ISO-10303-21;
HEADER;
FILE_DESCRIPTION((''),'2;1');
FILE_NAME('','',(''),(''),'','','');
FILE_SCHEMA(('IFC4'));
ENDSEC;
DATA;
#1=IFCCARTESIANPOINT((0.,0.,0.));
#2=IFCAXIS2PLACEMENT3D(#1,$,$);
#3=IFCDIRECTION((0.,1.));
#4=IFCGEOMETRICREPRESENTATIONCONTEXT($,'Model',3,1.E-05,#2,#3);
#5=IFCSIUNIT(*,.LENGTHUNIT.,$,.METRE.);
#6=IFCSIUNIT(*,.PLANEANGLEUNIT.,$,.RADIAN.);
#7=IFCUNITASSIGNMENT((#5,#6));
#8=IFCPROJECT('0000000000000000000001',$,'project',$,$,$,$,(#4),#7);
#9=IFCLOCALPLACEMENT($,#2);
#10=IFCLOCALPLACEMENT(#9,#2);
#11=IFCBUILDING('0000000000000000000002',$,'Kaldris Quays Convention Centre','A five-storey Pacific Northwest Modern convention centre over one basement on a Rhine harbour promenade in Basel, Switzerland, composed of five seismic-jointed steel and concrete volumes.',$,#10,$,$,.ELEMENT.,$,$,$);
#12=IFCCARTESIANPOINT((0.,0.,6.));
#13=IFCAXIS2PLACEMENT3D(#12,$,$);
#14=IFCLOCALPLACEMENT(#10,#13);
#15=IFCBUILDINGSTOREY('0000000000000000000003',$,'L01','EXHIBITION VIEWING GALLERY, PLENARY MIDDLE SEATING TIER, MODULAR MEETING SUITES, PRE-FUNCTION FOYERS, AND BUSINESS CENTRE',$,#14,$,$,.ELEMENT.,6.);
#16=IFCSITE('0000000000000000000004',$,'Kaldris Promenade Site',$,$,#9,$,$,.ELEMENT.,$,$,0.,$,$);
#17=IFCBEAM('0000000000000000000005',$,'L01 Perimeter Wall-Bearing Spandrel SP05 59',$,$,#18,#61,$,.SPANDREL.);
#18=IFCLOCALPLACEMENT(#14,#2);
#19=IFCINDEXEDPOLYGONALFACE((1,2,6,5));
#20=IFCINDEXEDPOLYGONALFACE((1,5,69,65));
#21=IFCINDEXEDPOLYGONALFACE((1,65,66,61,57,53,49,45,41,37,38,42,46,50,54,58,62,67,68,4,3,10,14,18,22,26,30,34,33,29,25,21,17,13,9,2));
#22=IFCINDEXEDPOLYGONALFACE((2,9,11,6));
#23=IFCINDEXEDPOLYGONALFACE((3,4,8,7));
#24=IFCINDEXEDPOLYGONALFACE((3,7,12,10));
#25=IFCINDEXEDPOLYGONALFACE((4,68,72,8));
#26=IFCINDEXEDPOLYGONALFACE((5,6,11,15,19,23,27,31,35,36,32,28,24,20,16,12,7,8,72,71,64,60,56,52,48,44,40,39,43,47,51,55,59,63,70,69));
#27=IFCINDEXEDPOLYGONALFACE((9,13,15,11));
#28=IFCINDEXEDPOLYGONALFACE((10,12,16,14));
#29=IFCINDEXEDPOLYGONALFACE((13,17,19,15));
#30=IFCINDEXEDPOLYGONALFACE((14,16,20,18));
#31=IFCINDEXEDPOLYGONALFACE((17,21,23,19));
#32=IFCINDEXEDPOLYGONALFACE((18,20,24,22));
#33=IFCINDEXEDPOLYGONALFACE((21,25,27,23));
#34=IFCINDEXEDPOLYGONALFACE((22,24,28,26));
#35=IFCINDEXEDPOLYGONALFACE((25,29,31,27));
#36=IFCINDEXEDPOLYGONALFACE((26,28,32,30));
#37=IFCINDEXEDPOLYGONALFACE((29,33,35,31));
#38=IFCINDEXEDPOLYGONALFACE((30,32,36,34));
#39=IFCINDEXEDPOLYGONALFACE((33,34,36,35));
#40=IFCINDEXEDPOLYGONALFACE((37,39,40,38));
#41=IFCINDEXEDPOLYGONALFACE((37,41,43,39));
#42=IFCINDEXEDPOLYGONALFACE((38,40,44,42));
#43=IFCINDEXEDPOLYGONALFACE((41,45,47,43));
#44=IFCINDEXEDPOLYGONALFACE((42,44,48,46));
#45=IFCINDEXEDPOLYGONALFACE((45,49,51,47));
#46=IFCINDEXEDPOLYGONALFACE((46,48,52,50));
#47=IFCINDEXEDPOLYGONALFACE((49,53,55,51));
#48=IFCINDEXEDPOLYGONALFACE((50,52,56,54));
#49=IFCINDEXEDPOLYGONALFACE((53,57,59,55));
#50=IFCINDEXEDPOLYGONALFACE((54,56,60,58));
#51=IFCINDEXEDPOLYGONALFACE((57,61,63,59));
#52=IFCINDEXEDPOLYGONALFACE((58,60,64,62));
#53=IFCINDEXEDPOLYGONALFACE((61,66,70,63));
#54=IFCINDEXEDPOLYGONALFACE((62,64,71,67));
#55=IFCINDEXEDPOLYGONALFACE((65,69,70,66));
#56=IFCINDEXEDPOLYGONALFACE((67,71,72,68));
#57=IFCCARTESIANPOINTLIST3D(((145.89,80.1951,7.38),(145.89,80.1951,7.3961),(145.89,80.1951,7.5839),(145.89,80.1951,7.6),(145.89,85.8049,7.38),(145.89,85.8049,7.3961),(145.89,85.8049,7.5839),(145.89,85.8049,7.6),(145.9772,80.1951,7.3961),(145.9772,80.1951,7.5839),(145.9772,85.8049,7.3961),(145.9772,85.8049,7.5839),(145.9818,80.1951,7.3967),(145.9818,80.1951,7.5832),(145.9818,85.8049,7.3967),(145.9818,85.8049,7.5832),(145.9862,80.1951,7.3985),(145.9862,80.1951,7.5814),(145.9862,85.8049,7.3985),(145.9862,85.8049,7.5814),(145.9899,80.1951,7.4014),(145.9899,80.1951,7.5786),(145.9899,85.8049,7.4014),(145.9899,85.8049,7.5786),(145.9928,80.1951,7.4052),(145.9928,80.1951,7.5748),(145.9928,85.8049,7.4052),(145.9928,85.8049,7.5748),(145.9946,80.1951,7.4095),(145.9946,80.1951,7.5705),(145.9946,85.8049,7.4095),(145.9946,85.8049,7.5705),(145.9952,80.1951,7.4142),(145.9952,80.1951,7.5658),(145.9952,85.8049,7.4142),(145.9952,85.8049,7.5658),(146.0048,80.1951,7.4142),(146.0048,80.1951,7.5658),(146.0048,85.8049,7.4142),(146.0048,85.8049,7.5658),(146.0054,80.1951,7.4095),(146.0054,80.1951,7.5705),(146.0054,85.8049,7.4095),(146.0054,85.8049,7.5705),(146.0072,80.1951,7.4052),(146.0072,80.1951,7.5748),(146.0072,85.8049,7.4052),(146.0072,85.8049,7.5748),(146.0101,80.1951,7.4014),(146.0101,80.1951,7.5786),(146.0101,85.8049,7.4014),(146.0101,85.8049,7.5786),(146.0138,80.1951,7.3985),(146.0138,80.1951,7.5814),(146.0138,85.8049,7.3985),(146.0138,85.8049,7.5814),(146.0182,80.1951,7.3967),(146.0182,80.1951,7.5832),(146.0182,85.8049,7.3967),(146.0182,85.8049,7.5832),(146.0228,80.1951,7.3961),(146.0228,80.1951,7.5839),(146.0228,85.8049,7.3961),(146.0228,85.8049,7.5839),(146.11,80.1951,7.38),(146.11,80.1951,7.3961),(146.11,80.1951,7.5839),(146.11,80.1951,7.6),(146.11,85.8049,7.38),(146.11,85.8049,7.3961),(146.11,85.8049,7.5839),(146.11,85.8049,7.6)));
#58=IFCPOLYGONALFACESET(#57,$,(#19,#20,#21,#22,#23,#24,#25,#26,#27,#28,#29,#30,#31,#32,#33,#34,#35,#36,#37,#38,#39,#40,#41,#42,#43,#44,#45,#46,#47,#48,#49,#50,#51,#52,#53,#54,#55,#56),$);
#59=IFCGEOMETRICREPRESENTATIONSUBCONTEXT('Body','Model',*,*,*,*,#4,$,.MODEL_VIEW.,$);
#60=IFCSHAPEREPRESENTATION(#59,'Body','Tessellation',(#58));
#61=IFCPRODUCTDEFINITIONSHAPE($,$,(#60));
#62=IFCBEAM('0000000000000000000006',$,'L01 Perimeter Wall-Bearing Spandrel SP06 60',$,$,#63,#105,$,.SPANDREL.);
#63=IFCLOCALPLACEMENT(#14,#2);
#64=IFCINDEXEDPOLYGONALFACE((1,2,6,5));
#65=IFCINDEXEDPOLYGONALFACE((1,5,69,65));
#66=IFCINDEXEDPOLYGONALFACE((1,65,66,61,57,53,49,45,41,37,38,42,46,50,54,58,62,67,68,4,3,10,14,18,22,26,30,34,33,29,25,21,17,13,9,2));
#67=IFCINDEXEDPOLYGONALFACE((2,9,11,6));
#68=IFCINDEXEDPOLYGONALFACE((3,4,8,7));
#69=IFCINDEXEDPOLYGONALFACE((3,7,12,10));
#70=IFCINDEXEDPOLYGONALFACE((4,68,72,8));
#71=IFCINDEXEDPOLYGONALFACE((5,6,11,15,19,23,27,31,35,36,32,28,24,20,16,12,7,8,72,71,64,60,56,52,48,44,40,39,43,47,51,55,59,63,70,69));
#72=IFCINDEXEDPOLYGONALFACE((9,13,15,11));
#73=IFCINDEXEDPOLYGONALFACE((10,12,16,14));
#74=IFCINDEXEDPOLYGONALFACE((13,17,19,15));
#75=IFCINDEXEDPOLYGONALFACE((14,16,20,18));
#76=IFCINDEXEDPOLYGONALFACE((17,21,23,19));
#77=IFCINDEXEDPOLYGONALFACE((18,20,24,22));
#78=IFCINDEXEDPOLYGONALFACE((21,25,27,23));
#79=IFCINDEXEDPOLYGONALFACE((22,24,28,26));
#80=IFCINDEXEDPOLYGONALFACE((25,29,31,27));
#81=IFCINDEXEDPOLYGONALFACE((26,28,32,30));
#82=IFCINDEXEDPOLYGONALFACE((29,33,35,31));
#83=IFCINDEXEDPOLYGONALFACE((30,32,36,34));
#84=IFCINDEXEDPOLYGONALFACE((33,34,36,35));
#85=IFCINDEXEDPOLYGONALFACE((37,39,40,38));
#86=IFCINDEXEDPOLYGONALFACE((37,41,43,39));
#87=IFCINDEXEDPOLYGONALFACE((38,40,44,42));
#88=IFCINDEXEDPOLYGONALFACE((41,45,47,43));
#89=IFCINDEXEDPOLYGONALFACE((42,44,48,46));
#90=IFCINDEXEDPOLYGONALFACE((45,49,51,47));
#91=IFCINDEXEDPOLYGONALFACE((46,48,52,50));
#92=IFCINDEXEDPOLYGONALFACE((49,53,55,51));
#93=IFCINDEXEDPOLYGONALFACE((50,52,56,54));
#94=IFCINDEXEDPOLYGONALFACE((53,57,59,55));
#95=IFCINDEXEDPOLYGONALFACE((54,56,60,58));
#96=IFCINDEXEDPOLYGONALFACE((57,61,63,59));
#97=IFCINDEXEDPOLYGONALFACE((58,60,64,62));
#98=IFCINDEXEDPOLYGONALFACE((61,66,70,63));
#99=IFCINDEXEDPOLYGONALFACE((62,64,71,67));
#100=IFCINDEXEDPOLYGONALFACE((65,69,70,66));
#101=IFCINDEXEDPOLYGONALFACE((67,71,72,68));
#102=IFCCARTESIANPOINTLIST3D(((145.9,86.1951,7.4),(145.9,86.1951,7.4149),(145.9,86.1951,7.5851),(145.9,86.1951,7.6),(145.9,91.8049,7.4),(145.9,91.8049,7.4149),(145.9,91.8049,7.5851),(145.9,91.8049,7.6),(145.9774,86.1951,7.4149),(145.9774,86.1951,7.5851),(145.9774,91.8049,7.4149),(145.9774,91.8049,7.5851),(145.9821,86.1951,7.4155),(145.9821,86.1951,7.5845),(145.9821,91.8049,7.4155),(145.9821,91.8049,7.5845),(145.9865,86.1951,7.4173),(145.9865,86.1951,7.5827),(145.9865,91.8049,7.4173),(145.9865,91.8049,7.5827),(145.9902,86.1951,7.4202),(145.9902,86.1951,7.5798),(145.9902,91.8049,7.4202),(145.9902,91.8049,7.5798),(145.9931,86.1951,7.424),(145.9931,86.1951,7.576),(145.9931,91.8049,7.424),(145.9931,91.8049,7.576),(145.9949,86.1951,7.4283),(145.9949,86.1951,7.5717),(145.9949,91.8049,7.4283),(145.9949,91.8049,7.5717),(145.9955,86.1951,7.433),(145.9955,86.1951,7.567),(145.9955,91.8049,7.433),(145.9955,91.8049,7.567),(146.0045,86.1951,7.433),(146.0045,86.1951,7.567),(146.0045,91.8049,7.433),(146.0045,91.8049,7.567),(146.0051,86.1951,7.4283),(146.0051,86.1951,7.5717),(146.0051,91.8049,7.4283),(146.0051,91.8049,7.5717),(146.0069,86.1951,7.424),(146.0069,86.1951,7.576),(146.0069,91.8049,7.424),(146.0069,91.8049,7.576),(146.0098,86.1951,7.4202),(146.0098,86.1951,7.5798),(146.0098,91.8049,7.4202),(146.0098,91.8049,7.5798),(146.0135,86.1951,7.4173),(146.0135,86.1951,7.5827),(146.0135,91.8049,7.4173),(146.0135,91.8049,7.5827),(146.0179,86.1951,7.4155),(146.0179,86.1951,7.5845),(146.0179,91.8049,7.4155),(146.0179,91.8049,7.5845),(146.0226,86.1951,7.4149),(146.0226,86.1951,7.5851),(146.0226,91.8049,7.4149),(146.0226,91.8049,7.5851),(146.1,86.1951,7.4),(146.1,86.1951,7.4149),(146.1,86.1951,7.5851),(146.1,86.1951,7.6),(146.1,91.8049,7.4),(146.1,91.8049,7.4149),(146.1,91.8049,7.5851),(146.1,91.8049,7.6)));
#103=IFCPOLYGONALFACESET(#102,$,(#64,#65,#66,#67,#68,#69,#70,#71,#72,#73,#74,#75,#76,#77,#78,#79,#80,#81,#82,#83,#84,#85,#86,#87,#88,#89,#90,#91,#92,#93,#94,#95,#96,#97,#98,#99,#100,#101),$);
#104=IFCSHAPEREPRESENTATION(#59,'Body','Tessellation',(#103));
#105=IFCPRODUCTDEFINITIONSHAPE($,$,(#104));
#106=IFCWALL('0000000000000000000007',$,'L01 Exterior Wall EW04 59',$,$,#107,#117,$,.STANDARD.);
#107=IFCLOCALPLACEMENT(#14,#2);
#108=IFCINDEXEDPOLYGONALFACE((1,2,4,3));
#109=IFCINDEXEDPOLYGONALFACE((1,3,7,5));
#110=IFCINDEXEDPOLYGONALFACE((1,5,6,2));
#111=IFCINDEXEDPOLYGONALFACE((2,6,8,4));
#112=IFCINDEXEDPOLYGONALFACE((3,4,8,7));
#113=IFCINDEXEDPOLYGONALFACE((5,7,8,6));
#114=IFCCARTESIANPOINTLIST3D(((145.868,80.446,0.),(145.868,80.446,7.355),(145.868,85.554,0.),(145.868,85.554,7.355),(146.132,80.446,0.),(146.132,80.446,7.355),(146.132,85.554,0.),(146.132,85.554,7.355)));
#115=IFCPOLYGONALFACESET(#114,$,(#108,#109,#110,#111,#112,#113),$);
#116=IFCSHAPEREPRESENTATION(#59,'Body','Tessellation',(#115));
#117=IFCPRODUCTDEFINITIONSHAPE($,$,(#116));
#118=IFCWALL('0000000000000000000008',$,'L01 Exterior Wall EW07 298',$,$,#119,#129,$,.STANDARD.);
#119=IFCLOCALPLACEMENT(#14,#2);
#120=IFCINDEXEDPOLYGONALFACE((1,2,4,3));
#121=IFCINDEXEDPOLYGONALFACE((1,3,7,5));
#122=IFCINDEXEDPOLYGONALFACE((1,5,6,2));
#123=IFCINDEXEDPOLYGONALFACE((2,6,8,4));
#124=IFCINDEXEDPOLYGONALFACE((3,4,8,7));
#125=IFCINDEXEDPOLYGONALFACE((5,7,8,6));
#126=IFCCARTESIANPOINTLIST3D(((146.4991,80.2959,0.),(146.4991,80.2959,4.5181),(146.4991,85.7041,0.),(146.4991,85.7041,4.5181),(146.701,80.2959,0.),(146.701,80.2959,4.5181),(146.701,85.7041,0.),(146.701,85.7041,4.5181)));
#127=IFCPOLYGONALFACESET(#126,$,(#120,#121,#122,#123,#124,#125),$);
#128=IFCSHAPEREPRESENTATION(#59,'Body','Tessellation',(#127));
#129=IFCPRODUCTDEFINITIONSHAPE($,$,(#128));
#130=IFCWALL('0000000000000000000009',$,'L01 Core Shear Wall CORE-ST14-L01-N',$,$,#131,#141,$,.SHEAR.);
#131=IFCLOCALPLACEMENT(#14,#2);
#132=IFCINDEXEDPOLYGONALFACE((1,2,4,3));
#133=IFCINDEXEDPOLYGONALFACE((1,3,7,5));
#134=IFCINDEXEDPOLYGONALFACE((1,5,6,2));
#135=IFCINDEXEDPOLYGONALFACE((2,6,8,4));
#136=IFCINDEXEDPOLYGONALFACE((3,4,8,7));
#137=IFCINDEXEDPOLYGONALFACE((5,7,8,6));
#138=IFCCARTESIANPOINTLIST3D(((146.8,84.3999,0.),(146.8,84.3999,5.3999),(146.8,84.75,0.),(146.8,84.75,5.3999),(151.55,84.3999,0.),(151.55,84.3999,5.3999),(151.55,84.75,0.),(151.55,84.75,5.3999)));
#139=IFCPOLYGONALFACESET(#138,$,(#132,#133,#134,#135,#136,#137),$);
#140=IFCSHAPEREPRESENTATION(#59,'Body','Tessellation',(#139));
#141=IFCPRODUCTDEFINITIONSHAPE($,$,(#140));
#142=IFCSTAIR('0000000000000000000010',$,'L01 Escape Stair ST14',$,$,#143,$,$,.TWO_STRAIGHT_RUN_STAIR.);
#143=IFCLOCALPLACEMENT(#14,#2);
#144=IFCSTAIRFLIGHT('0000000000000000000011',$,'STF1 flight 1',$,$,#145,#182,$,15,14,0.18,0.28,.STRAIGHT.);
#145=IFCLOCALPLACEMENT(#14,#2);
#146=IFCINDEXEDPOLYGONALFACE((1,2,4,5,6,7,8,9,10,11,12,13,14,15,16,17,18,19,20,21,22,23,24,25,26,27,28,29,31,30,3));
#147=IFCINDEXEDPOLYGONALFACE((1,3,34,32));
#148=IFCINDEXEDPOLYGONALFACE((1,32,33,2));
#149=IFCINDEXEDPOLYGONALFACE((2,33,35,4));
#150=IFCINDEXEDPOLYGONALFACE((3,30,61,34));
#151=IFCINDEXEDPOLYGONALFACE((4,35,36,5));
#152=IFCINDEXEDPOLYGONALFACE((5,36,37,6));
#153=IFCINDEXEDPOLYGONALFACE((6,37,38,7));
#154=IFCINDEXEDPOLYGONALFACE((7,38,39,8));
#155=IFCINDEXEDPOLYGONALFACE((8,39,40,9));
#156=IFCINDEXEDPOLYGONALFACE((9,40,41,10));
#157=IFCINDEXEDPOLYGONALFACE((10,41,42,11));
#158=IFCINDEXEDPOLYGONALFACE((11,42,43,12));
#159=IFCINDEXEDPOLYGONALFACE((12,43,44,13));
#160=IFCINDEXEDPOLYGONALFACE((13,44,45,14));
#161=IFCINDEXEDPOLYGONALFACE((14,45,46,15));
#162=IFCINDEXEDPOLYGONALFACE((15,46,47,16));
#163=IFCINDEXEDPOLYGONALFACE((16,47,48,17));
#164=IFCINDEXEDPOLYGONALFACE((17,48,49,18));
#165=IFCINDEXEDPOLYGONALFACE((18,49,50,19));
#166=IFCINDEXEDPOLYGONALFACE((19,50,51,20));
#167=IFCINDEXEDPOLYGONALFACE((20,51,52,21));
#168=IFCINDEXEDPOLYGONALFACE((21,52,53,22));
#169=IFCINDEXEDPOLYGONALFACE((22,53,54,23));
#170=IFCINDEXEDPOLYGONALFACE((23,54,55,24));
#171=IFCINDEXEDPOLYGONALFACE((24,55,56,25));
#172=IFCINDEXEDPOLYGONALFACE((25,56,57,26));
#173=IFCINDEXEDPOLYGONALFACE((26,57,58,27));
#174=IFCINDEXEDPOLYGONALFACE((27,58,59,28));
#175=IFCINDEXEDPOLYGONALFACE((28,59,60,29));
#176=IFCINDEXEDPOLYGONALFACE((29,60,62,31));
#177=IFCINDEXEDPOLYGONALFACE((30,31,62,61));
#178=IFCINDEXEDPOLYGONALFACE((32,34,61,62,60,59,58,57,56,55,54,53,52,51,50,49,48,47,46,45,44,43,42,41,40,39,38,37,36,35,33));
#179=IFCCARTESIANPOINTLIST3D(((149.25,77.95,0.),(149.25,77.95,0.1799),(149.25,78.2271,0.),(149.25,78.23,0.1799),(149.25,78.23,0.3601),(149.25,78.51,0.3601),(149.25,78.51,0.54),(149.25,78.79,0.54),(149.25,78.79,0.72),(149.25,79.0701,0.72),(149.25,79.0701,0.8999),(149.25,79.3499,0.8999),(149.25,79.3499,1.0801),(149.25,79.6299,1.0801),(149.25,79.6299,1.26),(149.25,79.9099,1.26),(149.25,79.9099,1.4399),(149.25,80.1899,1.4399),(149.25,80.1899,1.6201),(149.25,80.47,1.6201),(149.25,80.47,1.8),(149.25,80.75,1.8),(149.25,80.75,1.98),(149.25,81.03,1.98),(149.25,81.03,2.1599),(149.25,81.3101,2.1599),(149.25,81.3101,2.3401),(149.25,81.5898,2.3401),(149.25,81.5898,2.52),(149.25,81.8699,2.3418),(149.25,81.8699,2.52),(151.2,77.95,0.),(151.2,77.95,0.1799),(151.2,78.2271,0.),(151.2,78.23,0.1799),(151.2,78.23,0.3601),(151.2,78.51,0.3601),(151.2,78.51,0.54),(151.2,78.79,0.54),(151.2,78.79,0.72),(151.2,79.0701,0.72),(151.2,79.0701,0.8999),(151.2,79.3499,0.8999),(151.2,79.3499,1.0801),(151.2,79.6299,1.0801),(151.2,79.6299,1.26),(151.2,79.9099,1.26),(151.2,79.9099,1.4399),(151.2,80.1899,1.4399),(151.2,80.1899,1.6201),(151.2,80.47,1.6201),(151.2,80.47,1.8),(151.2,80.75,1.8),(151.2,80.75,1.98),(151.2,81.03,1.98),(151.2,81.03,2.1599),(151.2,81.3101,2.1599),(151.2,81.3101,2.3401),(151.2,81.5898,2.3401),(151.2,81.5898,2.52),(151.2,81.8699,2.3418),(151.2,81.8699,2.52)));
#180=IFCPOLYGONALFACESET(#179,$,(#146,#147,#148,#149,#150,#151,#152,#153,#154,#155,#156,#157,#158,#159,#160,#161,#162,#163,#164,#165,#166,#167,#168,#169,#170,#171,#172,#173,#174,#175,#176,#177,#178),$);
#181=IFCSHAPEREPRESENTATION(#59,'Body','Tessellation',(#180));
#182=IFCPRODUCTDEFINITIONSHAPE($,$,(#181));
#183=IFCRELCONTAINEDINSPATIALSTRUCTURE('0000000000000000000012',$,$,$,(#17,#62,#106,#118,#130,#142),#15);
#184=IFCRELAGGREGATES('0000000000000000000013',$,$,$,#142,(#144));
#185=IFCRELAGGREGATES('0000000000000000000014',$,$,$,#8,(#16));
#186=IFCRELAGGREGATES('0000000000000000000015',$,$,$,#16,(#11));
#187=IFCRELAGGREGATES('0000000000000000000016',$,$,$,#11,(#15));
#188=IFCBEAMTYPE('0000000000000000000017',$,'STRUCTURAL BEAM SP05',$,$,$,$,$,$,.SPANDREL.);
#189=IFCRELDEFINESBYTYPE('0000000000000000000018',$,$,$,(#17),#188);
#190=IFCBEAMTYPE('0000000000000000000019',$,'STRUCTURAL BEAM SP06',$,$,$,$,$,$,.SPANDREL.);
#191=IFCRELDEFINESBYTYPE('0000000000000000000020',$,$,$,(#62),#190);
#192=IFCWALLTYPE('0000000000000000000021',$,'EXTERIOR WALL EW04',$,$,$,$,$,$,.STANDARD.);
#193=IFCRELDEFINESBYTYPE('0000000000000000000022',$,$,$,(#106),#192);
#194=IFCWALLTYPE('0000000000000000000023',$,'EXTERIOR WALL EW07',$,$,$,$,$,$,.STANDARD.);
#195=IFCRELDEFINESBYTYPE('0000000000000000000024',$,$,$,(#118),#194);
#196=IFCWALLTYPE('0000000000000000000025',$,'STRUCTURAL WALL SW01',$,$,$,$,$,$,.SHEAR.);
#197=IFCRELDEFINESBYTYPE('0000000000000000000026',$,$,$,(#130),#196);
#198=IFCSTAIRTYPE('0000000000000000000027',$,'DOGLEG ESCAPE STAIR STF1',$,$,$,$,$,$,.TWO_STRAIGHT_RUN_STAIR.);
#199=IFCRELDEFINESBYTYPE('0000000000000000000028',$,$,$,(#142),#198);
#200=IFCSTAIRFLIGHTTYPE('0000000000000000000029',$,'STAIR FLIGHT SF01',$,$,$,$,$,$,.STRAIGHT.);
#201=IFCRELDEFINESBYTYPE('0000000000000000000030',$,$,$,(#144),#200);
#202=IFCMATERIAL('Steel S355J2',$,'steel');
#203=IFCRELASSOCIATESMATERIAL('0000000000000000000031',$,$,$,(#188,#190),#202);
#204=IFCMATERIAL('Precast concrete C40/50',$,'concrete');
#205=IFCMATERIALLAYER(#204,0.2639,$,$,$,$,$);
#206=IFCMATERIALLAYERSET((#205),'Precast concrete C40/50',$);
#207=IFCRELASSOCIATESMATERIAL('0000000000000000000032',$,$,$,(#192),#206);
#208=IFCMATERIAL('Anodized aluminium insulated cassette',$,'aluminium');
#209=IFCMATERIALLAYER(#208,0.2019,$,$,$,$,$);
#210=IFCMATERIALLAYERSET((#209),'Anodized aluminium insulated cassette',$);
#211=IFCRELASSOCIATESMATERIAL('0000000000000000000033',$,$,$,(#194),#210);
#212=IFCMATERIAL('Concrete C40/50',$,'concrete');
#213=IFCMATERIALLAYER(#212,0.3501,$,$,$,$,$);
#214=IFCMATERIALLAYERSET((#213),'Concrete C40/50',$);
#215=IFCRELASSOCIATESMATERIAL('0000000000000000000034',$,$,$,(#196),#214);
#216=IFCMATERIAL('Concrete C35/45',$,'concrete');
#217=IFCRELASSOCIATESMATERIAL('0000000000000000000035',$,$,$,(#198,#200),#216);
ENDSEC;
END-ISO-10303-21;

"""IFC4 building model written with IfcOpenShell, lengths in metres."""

from ifc_helpers import new_model, si_unit, direction, frame, frame_2d, origin, origin_2d, place, context, subcontext, project, spatial, polyline, rectangle, i_section, outline, extrude, material, layer, layer_set, material_profile, profile_set, type_object, element, aggregate, save


model = new_model("IFC4")

# Units and contexts
model_context = context("Model", 3, precision=1e-05, world=origin(), true_north=direction((0.0, 1.0)))
body_context = subcontext(model_context, "Body", "Model", "MODEL_VIEW")
ifc_project = project(units=[si_unit("LENGTHUNIT", "METRE"), si_unit("PLANEANGLEUNIT", "RADIAN")], contexts=[model_context])

# Site, building, storey
site_placement = place(None, origin())
site = spatial("IfcSite", under=ifc_project, at=site_placement, Name="Kaldris Promenade Site", CompositionType="ELEMENT", RefElevation=0.0)
building_placement = place(site_placement, origin())
building = spatial("IfcBuilding", under=site, at=building_placement, Name="Kaldris Quays Convention Centre", Description="A five-storey Pacific Northwest Modern convention centre over one basement on a Rhine harbour promenade in Basel, Switzerland, composed of five seismic-jointed steel and concrete volumes.", CompositionType="ELEMENT")
storey_placement = place(building_placement, frame((0.0, 0.0, 6.0)))
storey = spatial("IfcBuildingStorey", under=building, at=storey_placement, Name="L01", Description="EXHIBITION VIEWING GALLERY, PLENARY MIDDLE SEATING TIER, MODULAR MEETING SUITES, PRE-FUNCTION FOYERS, AND BUSINESS CENTRE", CompositionType="ELEMENT", Elevation=6.0)

# Shared definitions
ifc_material_1 = material(Name="Steel S355J2", Category="steel")

# Beams
ifc_material_profile_1 = material_profile(ifc_material_1, i_section(OverallWidth=0.22, OverallDepth=0.22, WebThickness=0.0095, FlangeThickness=0.0161, FilletRadius=0.0181, at=origin_2d()), Name="HEB 220")
ifc_profile_set_1 = profile_set([ifc_material_profile_1], Name="Steel S355J2")
beam_type_1 = type_object("IfcBeamType", Name="STRUCTURAL BEAM SP05", PredefinedType="SPANDREL", material=ifc_profile_set_1)
beam_1_placement = place(storey_placement, frame((146.0, 80.1951, 7.49), z_axis=(0.0, 1.0, 0.0), x_axis=(-1.0, 0.0, 0.0)))
element("IfcBeam", 1, at=beam_1_placement, inside=storey, type_object=beam_type_1, Name="L01 Perimeter Wall-Bearing Spandrel SP05 59", PredefinedType="SPANDREL", context=body_context, shape_type="SweptSolid", body=[
    extrude(i_section(OverallWidth=0.22, OverallDepth=0.22, WebThickness=0.0095, FlangeThickness=0.0161, FilletRadius=0.0181, at=origin_2d()), origin(), (0.0, 0.0, 1.0), 5.6099),
])
ifc_material_profile_2 = material_profile(ifc_material_1, i_section(OverallWidth=0.2, OverallDepth=0.2, WebThickness=0.009, FlangeThickness=0.0149, FilletRadius=0.0181, at=origin_2d()), Name="HEB 200")
ifc_profile_set_2 = profile_set([ifc_material_profile_2], Name="Steel S355J2")
beam_type_2 = type_object("IfcBeamType", Name="STRUCTURAL BEAM SP06", PredefinedType="SPANDREL", material=ifc_profile_set_2)
beam_2_placement = place(storey_placement, frame((146.0, 86.1951, 7.5), z_axis=(0.0, 1.0, 0.0), x_axis=(-1.0, 0.0, 0.0)))
element("IfcBeam", 2, at=beam_2_placement, inside=storey, type_object=beam_type_2, Name="L01 Perimeter Wall-Bearing Spandrel SP06 60", PredefinedType="SPANDREL", context=body_context, shape_type="SweptSolid", body=[
    extrude(i_section(OverallWidth=0.2, OverallDepth=0.2, WebThickness=0.009, FlangeThickness=0.0149, FilletRadius=0.0181, at=origin_2d()), origin(), (0.0, 0.0, 1.0), 5.6099),
])

# Walls
ifc_material_2 = material(Name="Precast concrete C40/50", Category="concrete")
ifc_layer_1 = layer(ifc_material_2, 0.2639)
ifc_layer_set_1 = layer_set([ifc_layer_1], Name="Precast concrete C40/50")
wall_type_1 = type_object("IfcWallType", Name="EXTERIOR WALL EW04", PredefinedType="STANDARD", material=ifc_layer_set_1)
wall_1_placement = place(storey_placement, frame((146.0, 80.446, 0.0), z_axis=(0.0, 0.0, 1.0), x_axis=(0.0, 1.0, 0.0)))
element("IfcWall", 3, at=wall_1_placement, inside=storey, type_object=wall_type_1, Name="L01 Exterior Wall EW04 59", PredefinedType="STANDARD", context=body_context, shape_type="SweptSolid", body=[
    extrude(rectangle(XDim=5.1079, YDim=0.2639, at=frame_2d((2.554, 0.0))), origin(), (0.0, 0.0, 1.0), 7.355),
])
ifc_material_3 = material(Name="Anodized aluminium insulated cassette", Category="aluminium")
ifc_layer_2 = layer(ifc_material_3, 0.2019)
ifc_layer_set_2 = layer_set([ifc_layer_2], Name="Anodized aluminium insulated cassette")
wall_type_2 = type_object("IfcWallType", Name="EXTERIOR WALL EW07", PredefinedType="STANDARD", material=ifc_layer_set_2)
wall_2_placement = place(storey_placement, frame((146.6001, 80.2959, 0.0), z_axis=(0.0, 0.0, 1.0), x_axis=(0.0, 1.0, 0.0)))
element("IfcWall", 4, at=wall_2_placement, inside=storey, type_object=wall_type_2, Name="L01 Exterior Wall EW07 298", PredefinedType="STANDARD", context=body_context, shape_type="SweptSolid", body=[
    extrude(rectangle(XDim=5.4082, YDim=0.2019, at=frame_2d((2.7041, 0.0))), origin(), (0.0, 0.0, 1.0), 4.5181),
])
ifc_material_4 = material(Name="Concrete C40/50", Category="concrete")
ifc_layer_3 = layer(ifc_material_4, 0.3501)
ifc_layer_set_3 = layer_set([ifc_layer_3], Name="Concrete C40/50")
wall_type_3 = type_object("IfcWallType", Name="STRUCTURAL WALL SW01", PredefinedType="SHEAR", material=ifc_layer_set_3)
wall_3_placement = place(storey_placement, frame((146.8, 84.575, 0.0), z_axis=(0.0, 0.0, 1.0), x_axis=(1.0, 0.0, 0.0)))
element("IfcWall", 5, at=wall_3_placement, inside=storey, type_object=wall_type_3, Name="L01 Core Shear Wall CORE-ST14-L01-N", PredefinedType="SHEAR", context=body_context, shape_type="SweptSolid", body=[
    extrude(rectangle(XDim=4.75, YDim=0.3501, at=frame_2d((2.375, 0.0))), origin(), (0.0, 0.0, 1.0), 5.3999),
])

# Stair, stair flight
ifc_material_5 = material(Name="Concrete C35/45", Category="concrete")
stair_type = type_object("IfcStairType", Name="DOGLEG ESCAPE STAIR STF1", PredefinedType="TWO_STRAIGHT_RUN_STAIR", material=ifc_material_5)
stair_placement = place(storey_placement, origin())
stair = element("IfcStair", 6, at=stair_placement, inside=storey, type_object=stair_type, Name="L01 Escape Stair ST14", PredefinedType="TWO_STRAIGHT_RUN_STAIR")
stair_flight_type = type_object("IfcStairFlightType", Name="STAIR FLIGHT SF01", PredefinedType="STRAIGHT", material=ifc_material_5)
stair_flight_1_placement = place(storey_placement, frame((150.2251, 77.95, 0.0), z_axis=(0.0, 0.0, 1.0), x_axis=(0.0, 1.0, 0.0)))
stair_flight_1 = element("IfcStairFlight", 7, at=stair_flight_1_placement, type_object=stair_flight_type, Name="STF1 flight 1", NumberOfRisers=15, NumberOfTreads=14, PredefinedType="STRAIGHT", RiserHeight=0.18, TreadLength=0.28, context=body_context, shape_type="SweptSolid", body=[
    extrude(outline(polyline([(0.0, 0.0), (0.0, 0.1799), (0.28, 0.1799), (0.28, 0.3601), (0.5601, 0.3601), (0.5601, 0.54), (0.8401, 0.54), (0.8401, 0.72), (1.1201, 0.72), (1.1201, 0.8999), (1.3999, 0.8999), (1.3999, 1.0801), (1.6799, 1.0801), (1.6799, 1.26), (1.96, 1.26), (1.96, 1.4399), (2.24, 1.4399), (2.24, 1.6201), (2.52, 1.6201), (2.52, 1.8), (2.8, 1.8), (2.8, 1.98), (3.0801, 1.98), (3.0801, 2.1599), (3.3601, 2.1599), (3.3601, 2.3401), (3.6399, 2.3401), (3.6399, 2.52), (3.9199, 2.52), (3.9199, 2.7), (3.9199, 2.3418), (0.2771, 0.0), (0.0, 0.0)])), frame((0.0, 0.9751, 0.0), z_axis=(0.0, -1.0, 0.0), x_axis=(1.0, 0.0, 0.0)), (0.0, 0.0, 1.0), 1.95),
])
aggregate(stair, [stair_flight_1])

save(model, "model.ifc")
